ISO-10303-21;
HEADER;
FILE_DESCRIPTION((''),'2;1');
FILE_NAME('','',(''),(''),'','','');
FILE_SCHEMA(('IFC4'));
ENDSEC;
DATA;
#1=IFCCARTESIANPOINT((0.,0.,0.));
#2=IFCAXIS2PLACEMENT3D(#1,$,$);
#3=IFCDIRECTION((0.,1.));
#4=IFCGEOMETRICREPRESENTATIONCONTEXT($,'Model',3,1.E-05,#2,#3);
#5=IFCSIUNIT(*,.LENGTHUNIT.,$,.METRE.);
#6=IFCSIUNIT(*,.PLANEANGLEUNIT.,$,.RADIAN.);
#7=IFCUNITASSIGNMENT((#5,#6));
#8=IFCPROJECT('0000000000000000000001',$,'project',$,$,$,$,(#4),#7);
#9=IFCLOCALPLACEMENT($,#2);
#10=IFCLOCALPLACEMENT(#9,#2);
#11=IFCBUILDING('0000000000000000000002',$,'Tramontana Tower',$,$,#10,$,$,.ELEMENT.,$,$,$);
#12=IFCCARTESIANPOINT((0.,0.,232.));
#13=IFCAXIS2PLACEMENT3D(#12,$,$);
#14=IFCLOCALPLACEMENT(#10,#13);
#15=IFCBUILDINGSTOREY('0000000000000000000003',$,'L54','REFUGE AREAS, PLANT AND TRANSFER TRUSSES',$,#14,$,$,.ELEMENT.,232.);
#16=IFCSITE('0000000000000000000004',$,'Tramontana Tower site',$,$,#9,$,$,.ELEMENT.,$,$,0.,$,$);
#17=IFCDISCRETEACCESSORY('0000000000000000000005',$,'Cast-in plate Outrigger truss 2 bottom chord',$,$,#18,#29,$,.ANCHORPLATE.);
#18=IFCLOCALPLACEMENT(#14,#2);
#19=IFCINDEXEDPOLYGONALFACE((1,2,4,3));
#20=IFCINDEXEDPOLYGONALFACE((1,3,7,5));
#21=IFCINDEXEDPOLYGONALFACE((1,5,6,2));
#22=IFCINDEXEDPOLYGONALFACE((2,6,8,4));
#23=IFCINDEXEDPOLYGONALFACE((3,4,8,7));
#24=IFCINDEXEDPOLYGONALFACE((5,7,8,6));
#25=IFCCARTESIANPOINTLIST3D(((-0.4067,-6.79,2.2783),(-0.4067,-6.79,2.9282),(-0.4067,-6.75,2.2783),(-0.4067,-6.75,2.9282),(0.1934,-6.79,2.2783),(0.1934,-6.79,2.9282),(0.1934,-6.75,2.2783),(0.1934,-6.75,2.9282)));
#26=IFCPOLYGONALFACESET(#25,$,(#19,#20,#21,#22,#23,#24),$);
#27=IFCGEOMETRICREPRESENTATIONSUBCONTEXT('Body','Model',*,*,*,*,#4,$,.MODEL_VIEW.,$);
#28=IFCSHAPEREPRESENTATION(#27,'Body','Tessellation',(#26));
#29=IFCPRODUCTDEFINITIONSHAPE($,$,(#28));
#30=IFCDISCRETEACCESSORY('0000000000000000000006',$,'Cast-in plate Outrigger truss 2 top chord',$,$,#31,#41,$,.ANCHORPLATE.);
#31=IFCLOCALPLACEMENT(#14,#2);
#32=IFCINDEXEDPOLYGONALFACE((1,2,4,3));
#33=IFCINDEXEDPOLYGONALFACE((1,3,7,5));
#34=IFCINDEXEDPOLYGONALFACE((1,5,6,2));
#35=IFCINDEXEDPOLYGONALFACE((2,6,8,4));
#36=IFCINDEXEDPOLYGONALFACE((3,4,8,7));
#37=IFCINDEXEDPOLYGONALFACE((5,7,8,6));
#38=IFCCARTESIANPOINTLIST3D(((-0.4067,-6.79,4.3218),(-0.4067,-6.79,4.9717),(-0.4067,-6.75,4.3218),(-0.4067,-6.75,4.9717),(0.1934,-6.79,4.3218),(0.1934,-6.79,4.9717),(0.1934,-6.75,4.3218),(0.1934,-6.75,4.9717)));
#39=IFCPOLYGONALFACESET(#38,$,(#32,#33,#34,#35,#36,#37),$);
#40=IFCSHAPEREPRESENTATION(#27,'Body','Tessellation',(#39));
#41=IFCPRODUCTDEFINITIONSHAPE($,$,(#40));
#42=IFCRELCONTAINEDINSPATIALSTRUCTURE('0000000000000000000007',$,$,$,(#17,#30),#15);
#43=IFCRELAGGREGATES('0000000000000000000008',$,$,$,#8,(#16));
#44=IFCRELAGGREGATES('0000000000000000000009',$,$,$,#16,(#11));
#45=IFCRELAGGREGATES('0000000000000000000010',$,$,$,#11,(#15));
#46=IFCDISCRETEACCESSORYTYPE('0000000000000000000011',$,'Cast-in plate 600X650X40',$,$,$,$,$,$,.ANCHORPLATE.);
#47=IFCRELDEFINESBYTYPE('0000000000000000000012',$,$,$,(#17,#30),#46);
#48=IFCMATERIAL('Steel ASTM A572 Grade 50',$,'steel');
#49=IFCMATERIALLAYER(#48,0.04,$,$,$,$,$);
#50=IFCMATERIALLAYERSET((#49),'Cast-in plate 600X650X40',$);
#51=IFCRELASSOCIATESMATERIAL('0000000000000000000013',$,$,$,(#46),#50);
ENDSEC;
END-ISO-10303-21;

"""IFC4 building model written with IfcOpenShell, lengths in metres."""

from ifc_helpers import new_model, si_unit, direction, frame, origin, origin_2d, place, context, subcontext, project, spatial, rectangle, extrude, material, layer, layer_set, type_object, element, save


model = new_model("IFC4")

# Units and contexts
model_context = context("Model", 3, precision=1e-05, world=origin(), true_north=direction((0.0, 1.0)))
body_context = subcontext(model_context, "Body", "Model", "MODEL_VIEW")
ifc_project = project(units=[si_unit("LENGTHUNIT", "METRE"), si_unit("PLANEANGLEUNIT", "RADIAN")], contexts=[model_context])

# Site, building, storey
site_placement = place(None, origin())
site = spatial("IfcSite", under=ifc_project, at=site_placement, Name="Tramontana Tower site", CompositionType="ELEMENT", RefElevation=0.0)
building_placement = place(site_placement, origin())
building = spatial("IfcBuilding", under=site, at=building_placement, Name="Tramontana Tower", CompositionType="ELEMENT")
storey_placement = place(building_placement, frame((0.0, 0.0, 232.0)))
storey = spatial("IfcBuildingStorey", under=building, at=storey_placement, Name="L54", Description="REFUGE AREAS, PLANT AND TRANSFER TRUSSES", CompositionType="ELEMENT", Elevation=232.0)

# Discrete accessories
ifc_material_1 = material(Name="Steel ASTM A572 Grade 50", Category="steel")
ifc_layer_1 = layer(ifc_material_1, 0.04)
ifc_layer_set_1 = layer_set([ifc_layer_1], Name="Cast-in plate 600X650X40")
discrete_accessory_type = type_object("IfcDiscreteAccessoryType", Name="Cast-in plate 600X650X40", PredefinedType="ANCHORPLATE", material=ifc_layer_set_1)
for number, where, z_axis, x_axis, name in (
    (1, (-0.1067, -6.77, 2.2783), (0.0, 0.0, 1.0), (1.0, 0.0, 0.0), "Cast-in plate Outrigger truss 2 bottom chord"),
    (2, (-0.1067, -6.77, 4.3218), (0.0, 0.0, 1.0), (1.0, 0.0, 0.0), "Cast-in plate Outrigger truss 2 top chord"),
):
    element("IfcDiscreteAccessory", number, at=place(storey_placement, frame(where, z_axis=z_axis, x_axis=x_axis)), inside=storey, type_object=discrete_accessory_type, Name=name, PredefinedType="ANCHORPLATE", context=body_context, shape_type="SweptSolid", body=[
        extrude(rectangle(XDim=0.6001, YDim=0.04, at=origin_2d()), origin(), (0.0, 0.0, 1.0), 0.6499),
    ])

save(model, "model.ifc")
